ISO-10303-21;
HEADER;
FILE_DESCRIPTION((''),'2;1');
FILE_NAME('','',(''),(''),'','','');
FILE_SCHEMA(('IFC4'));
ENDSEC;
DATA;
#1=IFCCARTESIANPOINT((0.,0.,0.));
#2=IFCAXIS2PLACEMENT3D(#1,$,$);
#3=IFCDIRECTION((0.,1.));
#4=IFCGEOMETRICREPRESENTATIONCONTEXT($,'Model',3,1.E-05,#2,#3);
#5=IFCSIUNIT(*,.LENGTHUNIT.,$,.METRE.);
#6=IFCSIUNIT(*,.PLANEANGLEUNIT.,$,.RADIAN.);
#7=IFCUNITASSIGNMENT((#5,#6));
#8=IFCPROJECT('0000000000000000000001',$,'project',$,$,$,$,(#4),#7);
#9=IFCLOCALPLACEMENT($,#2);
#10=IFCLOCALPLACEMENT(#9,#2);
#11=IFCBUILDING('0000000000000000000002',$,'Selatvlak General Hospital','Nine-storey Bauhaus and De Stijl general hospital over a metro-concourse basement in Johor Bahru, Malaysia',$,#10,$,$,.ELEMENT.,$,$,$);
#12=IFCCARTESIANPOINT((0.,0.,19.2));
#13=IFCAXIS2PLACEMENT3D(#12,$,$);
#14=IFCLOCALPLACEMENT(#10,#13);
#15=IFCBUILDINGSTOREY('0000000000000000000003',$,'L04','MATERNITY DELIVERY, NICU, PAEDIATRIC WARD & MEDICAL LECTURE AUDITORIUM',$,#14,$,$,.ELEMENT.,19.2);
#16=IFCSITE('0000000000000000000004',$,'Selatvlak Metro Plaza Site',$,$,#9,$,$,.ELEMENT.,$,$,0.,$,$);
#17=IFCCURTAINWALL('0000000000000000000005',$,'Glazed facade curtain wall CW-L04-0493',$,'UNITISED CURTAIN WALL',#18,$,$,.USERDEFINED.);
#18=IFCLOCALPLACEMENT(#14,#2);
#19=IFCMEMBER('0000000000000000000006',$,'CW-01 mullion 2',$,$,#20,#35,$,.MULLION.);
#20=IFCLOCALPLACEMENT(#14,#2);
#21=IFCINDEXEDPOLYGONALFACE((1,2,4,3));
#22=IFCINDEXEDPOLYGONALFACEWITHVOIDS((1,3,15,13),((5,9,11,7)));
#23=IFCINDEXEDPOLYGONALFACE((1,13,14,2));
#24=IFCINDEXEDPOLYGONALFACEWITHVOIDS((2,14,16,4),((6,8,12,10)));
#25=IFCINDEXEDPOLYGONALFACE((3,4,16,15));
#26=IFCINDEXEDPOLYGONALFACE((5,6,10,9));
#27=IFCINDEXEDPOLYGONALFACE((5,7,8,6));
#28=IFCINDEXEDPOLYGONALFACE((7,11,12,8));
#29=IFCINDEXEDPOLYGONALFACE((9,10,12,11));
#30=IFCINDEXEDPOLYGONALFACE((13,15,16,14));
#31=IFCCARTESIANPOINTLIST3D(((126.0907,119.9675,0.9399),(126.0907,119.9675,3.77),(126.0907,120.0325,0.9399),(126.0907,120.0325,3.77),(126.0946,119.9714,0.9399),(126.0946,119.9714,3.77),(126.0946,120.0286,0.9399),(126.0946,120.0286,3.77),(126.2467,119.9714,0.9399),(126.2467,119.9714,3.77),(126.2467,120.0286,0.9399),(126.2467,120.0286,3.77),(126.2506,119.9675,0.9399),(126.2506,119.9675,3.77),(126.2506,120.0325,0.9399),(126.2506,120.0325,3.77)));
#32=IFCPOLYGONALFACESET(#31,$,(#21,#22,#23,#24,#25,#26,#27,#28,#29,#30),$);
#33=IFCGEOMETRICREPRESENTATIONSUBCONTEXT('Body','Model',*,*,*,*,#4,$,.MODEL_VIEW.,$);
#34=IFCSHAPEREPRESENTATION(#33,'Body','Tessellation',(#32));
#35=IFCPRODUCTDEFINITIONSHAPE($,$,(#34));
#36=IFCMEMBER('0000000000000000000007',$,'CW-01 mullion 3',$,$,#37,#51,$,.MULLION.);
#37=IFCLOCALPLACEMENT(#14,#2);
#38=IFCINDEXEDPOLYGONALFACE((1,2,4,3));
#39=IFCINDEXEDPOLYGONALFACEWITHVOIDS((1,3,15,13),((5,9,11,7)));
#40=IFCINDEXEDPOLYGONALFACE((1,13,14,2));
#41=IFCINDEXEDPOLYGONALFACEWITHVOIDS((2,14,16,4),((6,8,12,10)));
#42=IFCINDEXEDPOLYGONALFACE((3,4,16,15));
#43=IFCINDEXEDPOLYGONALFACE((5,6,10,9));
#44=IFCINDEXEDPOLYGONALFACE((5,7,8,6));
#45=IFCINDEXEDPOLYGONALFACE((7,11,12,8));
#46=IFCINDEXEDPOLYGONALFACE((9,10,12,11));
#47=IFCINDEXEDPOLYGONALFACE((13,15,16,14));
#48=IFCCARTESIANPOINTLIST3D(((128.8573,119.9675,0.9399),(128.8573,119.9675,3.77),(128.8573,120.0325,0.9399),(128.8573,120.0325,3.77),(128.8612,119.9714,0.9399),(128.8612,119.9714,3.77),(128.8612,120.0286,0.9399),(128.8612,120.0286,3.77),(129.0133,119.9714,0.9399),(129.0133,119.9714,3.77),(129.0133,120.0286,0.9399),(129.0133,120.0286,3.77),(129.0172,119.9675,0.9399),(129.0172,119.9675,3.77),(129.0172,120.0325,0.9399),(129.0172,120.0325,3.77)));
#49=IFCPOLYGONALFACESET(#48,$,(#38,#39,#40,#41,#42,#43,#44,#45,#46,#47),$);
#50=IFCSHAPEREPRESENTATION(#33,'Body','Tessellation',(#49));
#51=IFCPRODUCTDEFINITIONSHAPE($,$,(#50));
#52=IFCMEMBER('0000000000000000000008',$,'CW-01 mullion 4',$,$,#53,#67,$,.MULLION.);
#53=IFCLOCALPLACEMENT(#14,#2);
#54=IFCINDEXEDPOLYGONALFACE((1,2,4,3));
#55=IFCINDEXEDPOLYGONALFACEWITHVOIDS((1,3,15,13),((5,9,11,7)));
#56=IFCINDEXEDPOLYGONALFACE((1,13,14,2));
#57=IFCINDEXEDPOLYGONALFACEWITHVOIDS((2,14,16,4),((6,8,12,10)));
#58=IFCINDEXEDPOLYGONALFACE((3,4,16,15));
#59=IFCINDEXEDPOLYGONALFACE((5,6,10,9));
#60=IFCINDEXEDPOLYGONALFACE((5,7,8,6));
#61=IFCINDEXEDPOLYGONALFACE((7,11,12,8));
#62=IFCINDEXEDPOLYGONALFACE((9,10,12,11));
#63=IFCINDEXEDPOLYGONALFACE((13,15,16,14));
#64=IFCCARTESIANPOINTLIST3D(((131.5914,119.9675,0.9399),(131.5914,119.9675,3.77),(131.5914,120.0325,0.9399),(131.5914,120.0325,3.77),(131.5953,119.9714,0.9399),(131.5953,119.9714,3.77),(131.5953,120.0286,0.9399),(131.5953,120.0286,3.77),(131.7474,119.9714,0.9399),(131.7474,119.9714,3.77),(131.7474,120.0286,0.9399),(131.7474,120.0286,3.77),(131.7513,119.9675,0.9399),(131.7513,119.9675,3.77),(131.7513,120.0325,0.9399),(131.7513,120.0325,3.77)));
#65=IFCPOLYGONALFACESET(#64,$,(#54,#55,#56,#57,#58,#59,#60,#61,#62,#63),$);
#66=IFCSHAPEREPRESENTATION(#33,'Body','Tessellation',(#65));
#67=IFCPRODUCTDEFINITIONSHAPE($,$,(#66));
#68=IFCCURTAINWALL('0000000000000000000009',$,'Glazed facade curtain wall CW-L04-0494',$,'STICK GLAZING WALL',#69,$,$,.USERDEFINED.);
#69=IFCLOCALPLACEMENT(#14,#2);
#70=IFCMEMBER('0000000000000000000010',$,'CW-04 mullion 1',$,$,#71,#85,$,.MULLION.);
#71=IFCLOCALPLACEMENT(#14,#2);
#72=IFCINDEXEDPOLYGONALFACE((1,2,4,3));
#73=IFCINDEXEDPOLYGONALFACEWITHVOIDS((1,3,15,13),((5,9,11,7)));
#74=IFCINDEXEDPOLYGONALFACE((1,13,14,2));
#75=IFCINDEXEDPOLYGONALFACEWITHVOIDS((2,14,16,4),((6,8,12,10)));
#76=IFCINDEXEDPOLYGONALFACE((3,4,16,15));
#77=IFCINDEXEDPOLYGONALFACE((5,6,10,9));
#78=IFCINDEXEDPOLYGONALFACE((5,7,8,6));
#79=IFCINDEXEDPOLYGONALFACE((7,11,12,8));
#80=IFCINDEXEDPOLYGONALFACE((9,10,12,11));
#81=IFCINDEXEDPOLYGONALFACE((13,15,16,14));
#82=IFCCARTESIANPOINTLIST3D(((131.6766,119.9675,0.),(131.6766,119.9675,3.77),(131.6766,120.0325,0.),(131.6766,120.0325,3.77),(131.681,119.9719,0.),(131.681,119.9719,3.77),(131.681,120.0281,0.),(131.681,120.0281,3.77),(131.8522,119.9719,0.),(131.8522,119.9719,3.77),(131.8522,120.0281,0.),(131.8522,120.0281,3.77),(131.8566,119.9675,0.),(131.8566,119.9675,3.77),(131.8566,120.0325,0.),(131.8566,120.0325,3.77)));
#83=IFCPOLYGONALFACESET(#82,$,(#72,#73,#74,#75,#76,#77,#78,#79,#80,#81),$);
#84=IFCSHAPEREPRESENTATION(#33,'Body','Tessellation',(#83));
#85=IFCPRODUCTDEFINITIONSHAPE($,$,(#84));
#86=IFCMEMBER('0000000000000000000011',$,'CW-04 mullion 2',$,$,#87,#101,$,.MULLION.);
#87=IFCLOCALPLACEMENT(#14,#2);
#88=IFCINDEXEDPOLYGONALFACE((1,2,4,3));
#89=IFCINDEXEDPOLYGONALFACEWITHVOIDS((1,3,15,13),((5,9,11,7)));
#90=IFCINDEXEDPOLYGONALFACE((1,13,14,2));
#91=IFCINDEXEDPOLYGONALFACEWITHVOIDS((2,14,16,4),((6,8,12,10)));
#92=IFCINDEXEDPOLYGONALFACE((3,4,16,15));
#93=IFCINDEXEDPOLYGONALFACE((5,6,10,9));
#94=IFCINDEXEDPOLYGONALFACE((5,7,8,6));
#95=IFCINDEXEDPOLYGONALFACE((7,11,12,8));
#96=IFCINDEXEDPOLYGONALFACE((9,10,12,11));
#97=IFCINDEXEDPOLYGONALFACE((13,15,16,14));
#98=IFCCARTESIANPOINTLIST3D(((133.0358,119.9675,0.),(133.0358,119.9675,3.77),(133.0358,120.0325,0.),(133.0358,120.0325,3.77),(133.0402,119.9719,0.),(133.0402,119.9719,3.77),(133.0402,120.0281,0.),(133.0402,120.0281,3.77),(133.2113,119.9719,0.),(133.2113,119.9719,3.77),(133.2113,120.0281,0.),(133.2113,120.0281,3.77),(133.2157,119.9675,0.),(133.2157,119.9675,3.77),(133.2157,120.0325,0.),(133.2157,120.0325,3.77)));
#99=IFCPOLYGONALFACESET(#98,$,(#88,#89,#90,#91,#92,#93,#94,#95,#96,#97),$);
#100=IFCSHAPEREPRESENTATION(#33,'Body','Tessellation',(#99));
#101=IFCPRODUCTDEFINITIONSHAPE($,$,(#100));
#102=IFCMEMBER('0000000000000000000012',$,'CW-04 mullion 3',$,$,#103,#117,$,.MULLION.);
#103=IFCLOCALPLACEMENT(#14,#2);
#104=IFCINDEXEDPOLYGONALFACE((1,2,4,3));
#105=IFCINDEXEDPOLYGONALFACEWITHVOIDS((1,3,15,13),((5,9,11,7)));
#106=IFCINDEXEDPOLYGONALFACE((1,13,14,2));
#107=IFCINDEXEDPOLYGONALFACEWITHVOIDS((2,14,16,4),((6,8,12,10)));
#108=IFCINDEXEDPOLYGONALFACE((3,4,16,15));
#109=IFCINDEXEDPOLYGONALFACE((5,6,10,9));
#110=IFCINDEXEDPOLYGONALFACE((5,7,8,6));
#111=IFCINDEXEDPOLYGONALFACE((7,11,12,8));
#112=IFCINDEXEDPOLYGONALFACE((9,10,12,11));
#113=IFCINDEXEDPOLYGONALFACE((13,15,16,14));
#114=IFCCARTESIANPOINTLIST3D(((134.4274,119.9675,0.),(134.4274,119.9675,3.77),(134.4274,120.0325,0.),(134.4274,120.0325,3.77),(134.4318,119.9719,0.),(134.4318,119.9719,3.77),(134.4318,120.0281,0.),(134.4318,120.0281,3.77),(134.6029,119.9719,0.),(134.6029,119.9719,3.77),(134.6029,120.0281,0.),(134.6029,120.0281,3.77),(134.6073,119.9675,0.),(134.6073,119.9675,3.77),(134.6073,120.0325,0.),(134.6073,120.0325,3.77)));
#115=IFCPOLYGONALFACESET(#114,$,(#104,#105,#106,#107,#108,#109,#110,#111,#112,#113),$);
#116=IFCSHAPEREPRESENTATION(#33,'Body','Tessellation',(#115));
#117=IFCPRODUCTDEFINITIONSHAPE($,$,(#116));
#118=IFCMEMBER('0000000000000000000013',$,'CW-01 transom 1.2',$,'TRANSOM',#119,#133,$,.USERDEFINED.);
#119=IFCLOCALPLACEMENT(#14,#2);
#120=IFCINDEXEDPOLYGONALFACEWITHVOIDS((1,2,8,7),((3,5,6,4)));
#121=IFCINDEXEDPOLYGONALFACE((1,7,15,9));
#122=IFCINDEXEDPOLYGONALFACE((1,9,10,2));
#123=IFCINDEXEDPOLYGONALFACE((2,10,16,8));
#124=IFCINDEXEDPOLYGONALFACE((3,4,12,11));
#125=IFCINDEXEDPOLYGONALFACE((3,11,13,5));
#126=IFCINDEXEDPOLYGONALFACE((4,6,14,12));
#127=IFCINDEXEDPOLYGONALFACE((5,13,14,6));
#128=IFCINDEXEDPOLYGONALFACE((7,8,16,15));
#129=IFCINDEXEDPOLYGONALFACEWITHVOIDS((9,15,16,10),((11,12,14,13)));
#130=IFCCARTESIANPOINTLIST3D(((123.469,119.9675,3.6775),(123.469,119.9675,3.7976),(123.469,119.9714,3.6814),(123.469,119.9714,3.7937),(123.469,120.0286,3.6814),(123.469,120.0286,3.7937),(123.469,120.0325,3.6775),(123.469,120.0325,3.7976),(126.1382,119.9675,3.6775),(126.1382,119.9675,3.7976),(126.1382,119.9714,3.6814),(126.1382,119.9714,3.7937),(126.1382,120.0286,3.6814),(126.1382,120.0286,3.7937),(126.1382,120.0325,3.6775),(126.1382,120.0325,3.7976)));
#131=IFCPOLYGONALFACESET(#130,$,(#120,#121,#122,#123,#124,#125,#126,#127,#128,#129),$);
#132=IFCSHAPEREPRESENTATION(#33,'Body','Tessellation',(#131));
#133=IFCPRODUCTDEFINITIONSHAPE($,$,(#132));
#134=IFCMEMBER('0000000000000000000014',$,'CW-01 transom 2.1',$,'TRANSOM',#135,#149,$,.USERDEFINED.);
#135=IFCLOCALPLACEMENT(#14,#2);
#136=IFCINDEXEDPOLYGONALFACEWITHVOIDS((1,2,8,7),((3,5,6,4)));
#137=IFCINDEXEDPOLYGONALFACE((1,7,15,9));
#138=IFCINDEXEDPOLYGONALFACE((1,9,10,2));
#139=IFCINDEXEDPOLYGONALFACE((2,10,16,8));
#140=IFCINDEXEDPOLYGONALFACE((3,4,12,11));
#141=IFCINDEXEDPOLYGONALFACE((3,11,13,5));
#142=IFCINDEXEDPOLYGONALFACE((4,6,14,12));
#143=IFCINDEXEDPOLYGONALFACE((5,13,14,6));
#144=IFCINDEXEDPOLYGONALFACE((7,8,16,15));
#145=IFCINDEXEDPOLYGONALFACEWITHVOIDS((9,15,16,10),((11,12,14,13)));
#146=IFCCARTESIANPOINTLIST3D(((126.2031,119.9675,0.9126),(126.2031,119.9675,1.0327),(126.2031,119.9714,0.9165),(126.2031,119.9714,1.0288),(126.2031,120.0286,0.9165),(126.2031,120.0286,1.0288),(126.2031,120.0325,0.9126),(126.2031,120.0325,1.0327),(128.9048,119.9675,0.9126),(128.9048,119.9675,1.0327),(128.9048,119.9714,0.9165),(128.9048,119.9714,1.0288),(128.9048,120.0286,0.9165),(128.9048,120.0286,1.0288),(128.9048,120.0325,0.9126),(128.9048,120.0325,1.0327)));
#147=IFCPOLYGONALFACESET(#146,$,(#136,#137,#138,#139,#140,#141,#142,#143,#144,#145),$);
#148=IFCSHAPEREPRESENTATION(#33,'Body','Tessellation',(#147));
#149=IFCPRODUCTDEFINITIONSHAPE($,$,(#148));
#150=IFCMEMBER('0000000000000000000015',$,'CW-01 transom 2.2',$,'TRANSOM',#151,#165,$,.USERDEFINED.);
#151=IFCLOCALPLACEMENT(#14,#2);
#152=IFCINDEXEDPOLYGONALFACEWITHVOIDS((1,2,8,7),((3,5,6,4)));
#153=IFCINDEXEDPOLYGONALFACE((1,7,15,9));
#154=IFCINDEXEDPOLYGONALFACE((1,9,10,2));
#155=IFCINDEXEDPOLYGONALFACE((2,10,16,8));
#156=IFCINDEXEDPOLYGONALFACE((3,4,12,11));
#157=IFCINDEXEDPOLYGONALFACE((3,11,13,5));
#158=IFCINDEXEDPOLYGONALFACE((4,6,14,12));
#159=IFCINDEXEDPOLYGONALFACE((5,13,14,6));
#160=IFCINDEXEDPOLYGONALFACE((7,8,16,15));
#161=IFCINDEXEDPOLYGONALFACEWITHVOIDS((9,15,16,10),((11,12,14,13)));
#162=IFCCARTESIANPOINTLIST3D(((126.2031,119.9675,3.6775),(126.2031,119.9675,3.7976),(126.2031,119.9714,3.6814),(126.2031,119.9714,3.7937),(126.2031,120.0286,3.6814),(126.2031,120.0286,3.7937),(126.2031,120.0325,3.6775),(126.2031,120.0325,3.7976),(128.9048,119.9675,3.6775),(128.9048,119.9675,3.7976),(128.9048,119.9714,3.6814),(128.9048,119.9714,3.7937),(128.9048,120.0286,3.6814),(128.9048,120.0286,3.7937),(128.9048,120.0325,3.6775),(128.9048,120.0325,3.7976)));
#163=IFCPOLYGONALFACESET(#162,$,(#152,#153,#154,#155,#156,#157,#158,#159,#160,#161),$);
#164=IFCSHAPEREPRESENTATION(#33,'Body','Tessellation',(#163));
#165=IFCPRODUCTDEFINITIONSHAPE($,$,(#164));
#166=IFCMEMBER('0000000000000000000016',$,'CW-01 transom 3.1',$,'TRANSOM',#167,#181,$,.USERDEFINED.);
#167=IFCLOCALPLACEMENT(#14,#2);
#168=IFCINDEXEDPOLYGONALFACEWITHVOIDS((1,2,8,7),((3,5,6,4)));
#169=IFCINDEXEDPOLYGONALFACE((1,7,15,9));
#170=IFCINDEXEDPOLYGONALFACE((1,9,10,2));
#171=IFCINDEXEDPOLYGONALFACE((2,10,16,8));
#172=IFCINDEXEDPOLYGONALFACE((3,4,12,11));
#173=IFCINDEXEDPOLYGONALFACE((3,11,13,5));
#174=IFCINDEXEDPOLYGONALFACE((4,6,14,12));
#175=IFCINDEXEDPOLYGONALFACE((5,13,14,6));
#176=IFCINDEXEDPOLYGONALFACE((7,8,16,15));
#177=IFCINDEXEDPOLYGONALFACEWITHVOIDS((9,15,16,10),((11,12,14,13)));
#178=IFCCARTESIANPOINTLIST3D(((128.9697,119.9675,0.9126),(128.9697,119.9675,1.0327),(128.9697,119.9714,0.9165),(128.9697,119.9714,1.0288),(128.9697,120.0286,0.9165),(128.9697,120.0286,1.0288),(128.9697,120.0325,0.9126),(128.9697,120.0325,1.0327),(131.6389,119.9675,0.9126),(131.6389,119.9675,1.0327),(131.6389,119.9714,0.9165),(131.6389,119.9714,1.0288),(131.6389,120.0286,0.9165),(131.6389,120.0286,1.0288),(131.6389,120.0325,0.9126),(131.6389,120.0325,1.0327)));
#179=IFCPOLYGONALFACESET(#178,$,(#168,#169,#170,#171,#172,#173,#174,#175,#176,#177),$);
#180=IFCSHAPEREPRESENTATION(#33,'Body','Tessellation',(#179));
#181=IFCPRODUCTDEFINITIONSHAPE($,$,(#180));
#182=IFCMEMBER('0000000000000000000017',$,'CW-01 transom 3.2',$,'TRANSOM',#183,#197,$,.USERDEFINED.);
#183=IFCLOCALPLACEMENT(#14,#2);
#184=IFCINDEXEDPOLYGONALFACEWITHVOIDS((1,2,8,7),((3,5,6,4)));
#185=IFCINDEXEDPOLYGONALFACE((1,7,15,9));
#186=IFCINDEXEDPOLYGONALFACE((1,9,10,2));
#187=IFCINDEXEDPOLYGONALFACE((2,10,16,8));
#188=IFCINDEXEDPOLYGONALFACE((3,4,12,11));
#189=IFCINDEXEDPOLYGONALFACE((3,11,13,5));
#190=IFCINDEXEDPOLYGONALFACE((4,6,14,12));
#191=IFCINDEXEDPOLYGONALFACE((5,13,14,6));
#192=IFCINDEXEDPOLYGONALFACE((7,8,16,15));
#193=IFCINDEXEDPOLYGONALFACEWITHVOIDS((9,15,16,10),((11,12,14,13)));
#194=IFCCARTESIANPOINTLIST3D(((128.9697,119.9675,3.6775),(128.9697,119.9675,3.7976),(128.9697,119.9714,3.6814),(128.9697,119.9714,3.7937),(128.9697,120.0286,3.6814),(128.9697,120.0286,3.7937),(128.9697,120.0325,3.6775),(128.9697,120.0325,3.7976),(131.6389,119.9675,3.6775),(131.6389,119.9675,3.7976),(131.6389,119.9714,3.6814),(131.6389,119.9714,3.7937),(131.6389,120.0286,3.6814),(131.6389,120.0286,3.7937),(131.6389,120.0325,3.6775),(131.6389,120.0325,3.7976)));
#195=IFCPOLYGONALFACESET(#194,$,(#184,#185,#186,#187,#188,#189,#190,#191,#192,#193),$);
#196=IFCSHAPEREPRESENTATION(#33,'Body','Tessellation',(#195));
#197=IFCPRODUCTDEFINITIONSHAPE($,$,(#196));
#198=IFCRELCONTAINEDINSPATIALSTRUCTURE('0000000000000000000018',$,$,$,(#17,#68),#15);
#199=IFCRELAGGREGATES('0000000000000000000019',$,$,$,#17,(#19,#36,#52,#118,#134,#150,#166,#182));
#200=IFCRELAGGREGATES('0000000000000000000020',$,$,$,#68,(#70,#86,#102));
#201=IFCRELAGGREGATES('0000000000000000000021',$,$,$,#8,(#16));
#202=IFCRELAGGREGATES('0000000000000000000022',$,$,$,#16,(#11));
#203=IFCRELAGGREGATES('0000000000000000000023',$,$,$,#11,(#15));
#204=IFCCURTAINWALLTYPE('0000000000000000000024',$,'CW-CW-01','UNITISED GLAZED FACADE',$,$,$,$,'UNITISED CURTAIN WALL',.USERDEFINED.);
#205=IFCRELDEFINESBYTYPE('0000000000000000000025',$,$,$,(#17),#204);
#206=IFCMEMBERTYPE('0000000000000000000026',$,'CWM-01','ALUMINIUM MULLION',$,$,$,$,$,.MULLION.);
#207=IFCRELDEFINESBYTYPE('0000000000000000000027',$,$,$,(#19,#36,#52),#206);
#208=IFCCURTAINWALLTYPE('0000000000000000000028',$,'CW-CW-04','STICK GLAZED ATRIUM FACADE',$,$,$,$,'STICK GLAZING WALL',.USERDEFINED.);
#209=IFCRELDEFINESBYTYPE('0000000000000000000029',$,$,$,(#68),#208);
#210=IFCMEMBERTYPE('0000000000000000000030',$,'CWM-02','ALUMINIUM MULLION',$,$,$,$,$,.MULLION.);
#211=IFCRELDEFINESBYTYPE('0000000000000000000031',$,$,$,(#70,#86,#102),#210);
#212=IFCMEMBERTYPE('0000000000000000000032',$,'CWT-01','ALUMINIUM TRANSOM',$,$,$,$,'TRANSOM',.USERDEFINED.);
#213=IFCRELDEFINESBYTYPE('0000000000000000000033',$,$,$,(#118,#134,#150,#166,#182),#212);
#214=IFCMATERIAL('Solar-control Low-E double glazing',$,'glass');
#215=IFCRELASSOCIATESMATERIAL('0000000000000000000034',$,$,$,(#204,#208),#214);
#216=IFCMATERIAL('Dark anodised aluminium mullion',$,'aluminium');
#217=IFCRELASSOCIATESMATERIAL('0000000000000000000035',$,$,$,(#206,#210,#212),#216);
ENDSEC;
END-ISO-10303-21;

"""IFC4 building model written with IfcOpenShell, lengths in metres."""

from ifc_helpers import new_model, si_unit, direction, frame, origin, origin_2d, place, context, subcontext, project, spatial, hollow_rectangle, extrude, material, material_profile, profile_set, type_object, element, aggregate, save


model = new_model("IFC4")

# Units and contexts
model_context = context("Model", 3, precision=1e-05, world=origin(), true_north=direction((0.0, 1.0)))
body_context = subcontext(model_context, "Body", "Model", "MODEL_VIEW")
ifc_project = project(units=[si_unit("LENGTHUNIT", "METRE"), si_unit("PLANEANGLEUNIT", "RADIAN")], contexts=[model_context])

# Site, building, storey
site_placement = place(None, origin())
site = spatial("IfcSite", under=ifc_project, at=site_placement, Name="Selatvlak Metro Plaza Site", CompositionType="ELEMENT", RefElevation=0.0)
building_placement = place(site_placement, origin())
building = spatial("IfcBuilding", under=site, at=building_placement, Name="Selatvlak General Hospital", Description="Nine-storey Bauhaus and De Stijl general hospital over a metro-concourse basement in Johor Bahru, Malaysia", CompositionType="ELEMENT")
storey_placement = place(building_placement, frame((0.0, 0.0, 19.2)))
storey = spatial("IfcBuildingStorey", under=building, at=storey_placement, Name="L04", Description="MATERNITY DELIVERY, NICU, PAEDIATRIC WARD & MEDICAL LECTURE AUDITORIUM", CompositionType="ELEMENT", Elevation=19.2)

# Curtain walls, members
ifc_material_1 = material(Name="Solar-control Low-E double glazing", Category="glass")
curtain_wall_type_1 = type_object("IfcCurtainWallType", Name="CW-CW-01", Description="UNITISED GLAZED FACADE", ElementType="UNITISED CURTAIN WALL", PredefinedType="USERDEFINED", material=ifc_material_1)
curtain_wall_1_placement = place(storey_placement, origin())
curtain_wall_1 = element("IfcCurtainWall", 1, at=curtain_wall_1_placement, inside=storey, type_object=curtain_wall_type_1, Name="Glazed facade curtain wall CW-L04-0493", ObjectType="UNITISED CURTAIN WALL", PredefinedType="USERDEFINED")
ifc_material_2 = material(Name="Dark anodised aluminium mullion", Category="aluminium")
ifc_material_profile_1 = material_profile(ifc_material_2, hollow_rectangle(XDim=0.0649, YDim=0.1599, WallThickness=0.0039, at=origin_2d()), Name="AL-MUL 65x160x4")
ifc_profile_set_1 = profile_set([ifc_material_profile_1], Name="Dark anodised aluminium mullion")
member_type_1 = type_object("IfcMemberType", Name="CWM-01", Description="ALUMINIUM MULLION", PredefinedType="MULLION", material=ifc_profile_set_1)
member_1_placement = place(storey_placement, frame((126.1707, 120.0, 0.9399), z_axis=(0.0, 0.0, 1.0), x_axis=(0.0, 1.0, 0.0)))
member_1 = element("IfcMember", 2, at=member_1_placement, type_object=member_type_1, Name="CW-01 mullion 2", PredefinedType="MULLION", context=body_context, shape_type="SweptSolid", body=[
    extrude(hollow_rectangle(XDim=0.0649, YDim=0.1599, WallThickness=0.0039, at=origin_2d()), origin(), (0.0, 0.0, 1.0), 2.8301),
])
member_2_placement = place(storey_placement, frame((128.9373, 120.0, 0.9399), z_axis=(0.0, 0.0, 1.0), x_axis=(0.0, 1.0, 0.0)))
member_2 = element("IfcMember", 3, at=member_2_placement, type_object=member_type_1, Name="CW-01 mullion 3", PredefinedType="MULLION", context=body_context, shape_type="SweptSolid", body=[
    extrude(hollow_rectangle(XDim=0.0649, YDim=0.1599, WallThickness=0.0039, at=origin_2d()), origin(), (0.0, 0.0, 1.0), 2.8301),
])
member_3_placement = place(storey_placement, frame((131.6714, 120.0, 0.9399), z_axis=(0.0, 0.0, 1.0), x_axis=(0.0, 1.0, 0.0)))
member_3 = element("IfcMember", 4, at=member_3_placement, type_object=member_type_1, Name="CW-01 mullion 4", PredefinedType="MULLION", context=body_context, shape_type="SweptSolid", body=[
    extrude(hollow_rectangle(XDim=0.0649, YDim=0.1599, WallThickness=0.0039, at=origin_2d()), origin(), (0.0, 0.0, 1.0), 2.8301),
])
curtain_wall_type_2 = type_object("IfcCurtainWallType", Name="CW-CW-04", Description="STICK GLAZED ATRIUM FACADE", ElementType="STICK GLAZING WALL", PredefinedType="USERDEFINED", material=ifc_material_1)
curtain_wall_2_placement = place(storey_placement, origin())
curtain_wall_2 = element("IfcCurtainWall", 5, at=curtain_wall_2_placement, inside=storey, type_object=curtain_wall_type_2, Name="Glazed facade curtain wall CW-L04-0494", ObjectType="STICK GLAZING WALL", PredefinedType="USERDEFINED")
ifc_material_profile_2 = material_profile(ifc_material_2, hollow_rectangle(XDim=0.0649, YDim=0.1799, WallThickness=0.0044, at=origin_2d()), Name="AL-MUL 65x180x4.5")
ifc_profile_set_2 = profile_set([ifc_material_profile_2], Name="Dark anodised aluminium mullion")
member_type_2 = type_object("IfcMemberType", Name="CWM-02", Description="ALUMINIUM MULLION", PredefinedType="MULLION", material=ifc_profile_set_2)
member_4_placement = place(storey_placement, frame((131.7666, 120.0, 0.0), z_axis=(0.0, 0.0, 1.0), x_axis=(0.0, 1.0, 0.0)))
member_4 = element("IfcMember", 6, at=member_4_placement, type_object=member_type_2, Name="CW-04 mullion 1", PredefinedType="MULLION", context=body_context, shape_type="SweptSolid", body=[
    extrude(hollow_rectangle(XDim=0.0649, YDim=0.1799, WallThickness=0.0044, at=origin_2d()), origin(), (0.0, 0.0, 1.0), 3.77),
])
member_5_placement = place(storey_placement, frame((133.1257, 120.0, 0.0), z_axis=(0.0, 0.0, 1.0), x_axis=(0.0, 1.0, 0.0)))
member_5 = element("IfcMember", 7, at=member_5_placement, type_object=member_type_2, Name="CW-04 mullion 2", PredefinedType="MULLION", context=body_context, shape_type="SweptSolid", body=[
    extrude(hollow_rectangle(XDim=0.0649, YDim=0.1799, WallThickness=0.0044, at=origin_2d()), origin(), (0.0, 0.0, 1.0), 3.77),
])
member_6_placement = place(storey_placement, frame((134.5173, 120.0, 0.0), z_axis=(0.0, 0.0, 1.0), x_axis=(0.0, 1.0, 0.0)))
member_6 = element("IfcMember", 8, at=member_6_placement, type_object=member_type_2, Name="CW-04 mullion 3", PredefinedType="MULLION", context=body_context, shape_type="SweptSolid", body=[
    extrude(hollow_rectangle(XDim=0.0649, YDim=0.1799, WallThickness=0.0044, at=origin_2d()), origin(), (0.0, 0.0, 1.0), 3.77),
])

# Members
ifc_material_profile_3 = material_profile(ifc_material_2, hollow_rectangle(XDim=0.0649, YDim=0.1201, WallThickness=0.0039, at=origin_2d()), Name="AL-TRN 65x120x4")
ifc_profile_set_3 = profile_set([ifc_material_profile_3], Name="Dark anodised aluminium mullion")
member_type_3 = type_object("IfcMemberType", Name="CWT-01", Description="ALUMINIUM TRANSOM", ElementType="TRANSOM", PredefinedType="USERDEFINED", material=ifc_profile_set_3)
member_7_placement = place(storey_placement, frame((123.469, 120.0, 3.7375), z_axis=(1.0, 0.0, 0.0), x_axis=(0.0, 1.0, 0.0)))
member_7 = element("IfcMember", 9, at=member_7_placement, type_object=member_type_3, Name="CW-01 transom 1.2", ObjectType="TRANSOM", PredefinedType="USERDEFINED", context=body_context, shape_type="SweptSolid", body=[
    extrude(hollow_rectangle(XDim=0.0649, YDim=0.1201, WallThickness=0.0039, at=origin_2d()), origin(), (0.0, 0.0, 1.0), 2.6692),
])
member_8_placement = place(storey_placement, frame((126.2031, 120.0, 0.9727), z_axis=(1.0, 0.0, 0.0), x_axis=(0.0, 1.0, 0.0)))
member_8 = element("IfcMember", 10, at=member_8_placement, type_object=member_type_3, Name="CW-01 transom 2.1", ObjectType="TRANSOM", PredefinedType="USERDEFINED", context=body_context, shape_type="SweptSolid", body=[
    extrude(hollow_rectangle(XDim=0.0649, YDim=0.1201, WallThickness=0.0039, at=origin_2d()), origin(), (0.0, 0.0, 1.0), 2.7017),
])
member_9_placement = place(storey_placement, frame((126.2031, 120.0, 3.7375), z_axis=(1.0, 0.0, 0.0), x_axis=(0.0, 1.0, 0.0)))
member_9 = element("IfcMember", 11, at=member_9_placement, type_object=member_type_3, Name="CW-01 transom 2.2", ObjectType="TRANSOM", PredefinedType="USERDEFINED", context=body_context, shape_type="SweptSolid", body=[
    extrude(hollow_rectangle(XDim=0.0649, YDim=0.1201, WallThickness=0.0039, at=origin_2d()), origin(), (0.0, 0.0, 1.0), 2.7017),
])
member_10_placement = place(storey_placement, frame((128.9697, 120.0, 0.9727), z_axis=(1.0, 0.0, 0.0), x_axis=(0.0, 1.0, 0.0)))
member_10 = element("IfcMember", 12, at=member_10_placement, type_object=member_type_3, Name="CW-01 transom 3.1", ObjectType="TRANSOM", PredefinedType="USERDEFINED", context=body_context, shape_type="SweptSolid", body=[
    extrude(hollow_rectangle(XDim=0.0649, YDim=0.1201, WallThickness=0.0039, at=origin_2d()), origin(), (0.0, 0.0, 1.0), 2.6692),
])
member_11_placement = place(storey_placement, frame((128.9697, 120.0, 3.7375), z_axis=(1.0, 0.0, 0.0), x_axis=(0.0, 1.0, 0.0)))
member_11 = element("IfcMember", 13, at=member_11_placement, type_object=member_type_3, Name="CW-01 transom 3.2", ObjectType="TRANSOM", PredefinedType="USERDEFINED", context=body_context, shape_type="SweptSolid", body=[
    extrude(hollow_rectangle(XDim=0.0649, YDim=0.1201, WallThickness=0.0039, at=origin_2d()), origin(), (0.0, 0.0, 1.0), 2.6692),
])

aggregate(curtain_wall_1, [member_1, member_2, member_3, member_7, member_8, member_9, member_10, member_11])
aggregate(curtain_wall_2, [member_4, member_5, member_6])

save(model, "model.ifc")
